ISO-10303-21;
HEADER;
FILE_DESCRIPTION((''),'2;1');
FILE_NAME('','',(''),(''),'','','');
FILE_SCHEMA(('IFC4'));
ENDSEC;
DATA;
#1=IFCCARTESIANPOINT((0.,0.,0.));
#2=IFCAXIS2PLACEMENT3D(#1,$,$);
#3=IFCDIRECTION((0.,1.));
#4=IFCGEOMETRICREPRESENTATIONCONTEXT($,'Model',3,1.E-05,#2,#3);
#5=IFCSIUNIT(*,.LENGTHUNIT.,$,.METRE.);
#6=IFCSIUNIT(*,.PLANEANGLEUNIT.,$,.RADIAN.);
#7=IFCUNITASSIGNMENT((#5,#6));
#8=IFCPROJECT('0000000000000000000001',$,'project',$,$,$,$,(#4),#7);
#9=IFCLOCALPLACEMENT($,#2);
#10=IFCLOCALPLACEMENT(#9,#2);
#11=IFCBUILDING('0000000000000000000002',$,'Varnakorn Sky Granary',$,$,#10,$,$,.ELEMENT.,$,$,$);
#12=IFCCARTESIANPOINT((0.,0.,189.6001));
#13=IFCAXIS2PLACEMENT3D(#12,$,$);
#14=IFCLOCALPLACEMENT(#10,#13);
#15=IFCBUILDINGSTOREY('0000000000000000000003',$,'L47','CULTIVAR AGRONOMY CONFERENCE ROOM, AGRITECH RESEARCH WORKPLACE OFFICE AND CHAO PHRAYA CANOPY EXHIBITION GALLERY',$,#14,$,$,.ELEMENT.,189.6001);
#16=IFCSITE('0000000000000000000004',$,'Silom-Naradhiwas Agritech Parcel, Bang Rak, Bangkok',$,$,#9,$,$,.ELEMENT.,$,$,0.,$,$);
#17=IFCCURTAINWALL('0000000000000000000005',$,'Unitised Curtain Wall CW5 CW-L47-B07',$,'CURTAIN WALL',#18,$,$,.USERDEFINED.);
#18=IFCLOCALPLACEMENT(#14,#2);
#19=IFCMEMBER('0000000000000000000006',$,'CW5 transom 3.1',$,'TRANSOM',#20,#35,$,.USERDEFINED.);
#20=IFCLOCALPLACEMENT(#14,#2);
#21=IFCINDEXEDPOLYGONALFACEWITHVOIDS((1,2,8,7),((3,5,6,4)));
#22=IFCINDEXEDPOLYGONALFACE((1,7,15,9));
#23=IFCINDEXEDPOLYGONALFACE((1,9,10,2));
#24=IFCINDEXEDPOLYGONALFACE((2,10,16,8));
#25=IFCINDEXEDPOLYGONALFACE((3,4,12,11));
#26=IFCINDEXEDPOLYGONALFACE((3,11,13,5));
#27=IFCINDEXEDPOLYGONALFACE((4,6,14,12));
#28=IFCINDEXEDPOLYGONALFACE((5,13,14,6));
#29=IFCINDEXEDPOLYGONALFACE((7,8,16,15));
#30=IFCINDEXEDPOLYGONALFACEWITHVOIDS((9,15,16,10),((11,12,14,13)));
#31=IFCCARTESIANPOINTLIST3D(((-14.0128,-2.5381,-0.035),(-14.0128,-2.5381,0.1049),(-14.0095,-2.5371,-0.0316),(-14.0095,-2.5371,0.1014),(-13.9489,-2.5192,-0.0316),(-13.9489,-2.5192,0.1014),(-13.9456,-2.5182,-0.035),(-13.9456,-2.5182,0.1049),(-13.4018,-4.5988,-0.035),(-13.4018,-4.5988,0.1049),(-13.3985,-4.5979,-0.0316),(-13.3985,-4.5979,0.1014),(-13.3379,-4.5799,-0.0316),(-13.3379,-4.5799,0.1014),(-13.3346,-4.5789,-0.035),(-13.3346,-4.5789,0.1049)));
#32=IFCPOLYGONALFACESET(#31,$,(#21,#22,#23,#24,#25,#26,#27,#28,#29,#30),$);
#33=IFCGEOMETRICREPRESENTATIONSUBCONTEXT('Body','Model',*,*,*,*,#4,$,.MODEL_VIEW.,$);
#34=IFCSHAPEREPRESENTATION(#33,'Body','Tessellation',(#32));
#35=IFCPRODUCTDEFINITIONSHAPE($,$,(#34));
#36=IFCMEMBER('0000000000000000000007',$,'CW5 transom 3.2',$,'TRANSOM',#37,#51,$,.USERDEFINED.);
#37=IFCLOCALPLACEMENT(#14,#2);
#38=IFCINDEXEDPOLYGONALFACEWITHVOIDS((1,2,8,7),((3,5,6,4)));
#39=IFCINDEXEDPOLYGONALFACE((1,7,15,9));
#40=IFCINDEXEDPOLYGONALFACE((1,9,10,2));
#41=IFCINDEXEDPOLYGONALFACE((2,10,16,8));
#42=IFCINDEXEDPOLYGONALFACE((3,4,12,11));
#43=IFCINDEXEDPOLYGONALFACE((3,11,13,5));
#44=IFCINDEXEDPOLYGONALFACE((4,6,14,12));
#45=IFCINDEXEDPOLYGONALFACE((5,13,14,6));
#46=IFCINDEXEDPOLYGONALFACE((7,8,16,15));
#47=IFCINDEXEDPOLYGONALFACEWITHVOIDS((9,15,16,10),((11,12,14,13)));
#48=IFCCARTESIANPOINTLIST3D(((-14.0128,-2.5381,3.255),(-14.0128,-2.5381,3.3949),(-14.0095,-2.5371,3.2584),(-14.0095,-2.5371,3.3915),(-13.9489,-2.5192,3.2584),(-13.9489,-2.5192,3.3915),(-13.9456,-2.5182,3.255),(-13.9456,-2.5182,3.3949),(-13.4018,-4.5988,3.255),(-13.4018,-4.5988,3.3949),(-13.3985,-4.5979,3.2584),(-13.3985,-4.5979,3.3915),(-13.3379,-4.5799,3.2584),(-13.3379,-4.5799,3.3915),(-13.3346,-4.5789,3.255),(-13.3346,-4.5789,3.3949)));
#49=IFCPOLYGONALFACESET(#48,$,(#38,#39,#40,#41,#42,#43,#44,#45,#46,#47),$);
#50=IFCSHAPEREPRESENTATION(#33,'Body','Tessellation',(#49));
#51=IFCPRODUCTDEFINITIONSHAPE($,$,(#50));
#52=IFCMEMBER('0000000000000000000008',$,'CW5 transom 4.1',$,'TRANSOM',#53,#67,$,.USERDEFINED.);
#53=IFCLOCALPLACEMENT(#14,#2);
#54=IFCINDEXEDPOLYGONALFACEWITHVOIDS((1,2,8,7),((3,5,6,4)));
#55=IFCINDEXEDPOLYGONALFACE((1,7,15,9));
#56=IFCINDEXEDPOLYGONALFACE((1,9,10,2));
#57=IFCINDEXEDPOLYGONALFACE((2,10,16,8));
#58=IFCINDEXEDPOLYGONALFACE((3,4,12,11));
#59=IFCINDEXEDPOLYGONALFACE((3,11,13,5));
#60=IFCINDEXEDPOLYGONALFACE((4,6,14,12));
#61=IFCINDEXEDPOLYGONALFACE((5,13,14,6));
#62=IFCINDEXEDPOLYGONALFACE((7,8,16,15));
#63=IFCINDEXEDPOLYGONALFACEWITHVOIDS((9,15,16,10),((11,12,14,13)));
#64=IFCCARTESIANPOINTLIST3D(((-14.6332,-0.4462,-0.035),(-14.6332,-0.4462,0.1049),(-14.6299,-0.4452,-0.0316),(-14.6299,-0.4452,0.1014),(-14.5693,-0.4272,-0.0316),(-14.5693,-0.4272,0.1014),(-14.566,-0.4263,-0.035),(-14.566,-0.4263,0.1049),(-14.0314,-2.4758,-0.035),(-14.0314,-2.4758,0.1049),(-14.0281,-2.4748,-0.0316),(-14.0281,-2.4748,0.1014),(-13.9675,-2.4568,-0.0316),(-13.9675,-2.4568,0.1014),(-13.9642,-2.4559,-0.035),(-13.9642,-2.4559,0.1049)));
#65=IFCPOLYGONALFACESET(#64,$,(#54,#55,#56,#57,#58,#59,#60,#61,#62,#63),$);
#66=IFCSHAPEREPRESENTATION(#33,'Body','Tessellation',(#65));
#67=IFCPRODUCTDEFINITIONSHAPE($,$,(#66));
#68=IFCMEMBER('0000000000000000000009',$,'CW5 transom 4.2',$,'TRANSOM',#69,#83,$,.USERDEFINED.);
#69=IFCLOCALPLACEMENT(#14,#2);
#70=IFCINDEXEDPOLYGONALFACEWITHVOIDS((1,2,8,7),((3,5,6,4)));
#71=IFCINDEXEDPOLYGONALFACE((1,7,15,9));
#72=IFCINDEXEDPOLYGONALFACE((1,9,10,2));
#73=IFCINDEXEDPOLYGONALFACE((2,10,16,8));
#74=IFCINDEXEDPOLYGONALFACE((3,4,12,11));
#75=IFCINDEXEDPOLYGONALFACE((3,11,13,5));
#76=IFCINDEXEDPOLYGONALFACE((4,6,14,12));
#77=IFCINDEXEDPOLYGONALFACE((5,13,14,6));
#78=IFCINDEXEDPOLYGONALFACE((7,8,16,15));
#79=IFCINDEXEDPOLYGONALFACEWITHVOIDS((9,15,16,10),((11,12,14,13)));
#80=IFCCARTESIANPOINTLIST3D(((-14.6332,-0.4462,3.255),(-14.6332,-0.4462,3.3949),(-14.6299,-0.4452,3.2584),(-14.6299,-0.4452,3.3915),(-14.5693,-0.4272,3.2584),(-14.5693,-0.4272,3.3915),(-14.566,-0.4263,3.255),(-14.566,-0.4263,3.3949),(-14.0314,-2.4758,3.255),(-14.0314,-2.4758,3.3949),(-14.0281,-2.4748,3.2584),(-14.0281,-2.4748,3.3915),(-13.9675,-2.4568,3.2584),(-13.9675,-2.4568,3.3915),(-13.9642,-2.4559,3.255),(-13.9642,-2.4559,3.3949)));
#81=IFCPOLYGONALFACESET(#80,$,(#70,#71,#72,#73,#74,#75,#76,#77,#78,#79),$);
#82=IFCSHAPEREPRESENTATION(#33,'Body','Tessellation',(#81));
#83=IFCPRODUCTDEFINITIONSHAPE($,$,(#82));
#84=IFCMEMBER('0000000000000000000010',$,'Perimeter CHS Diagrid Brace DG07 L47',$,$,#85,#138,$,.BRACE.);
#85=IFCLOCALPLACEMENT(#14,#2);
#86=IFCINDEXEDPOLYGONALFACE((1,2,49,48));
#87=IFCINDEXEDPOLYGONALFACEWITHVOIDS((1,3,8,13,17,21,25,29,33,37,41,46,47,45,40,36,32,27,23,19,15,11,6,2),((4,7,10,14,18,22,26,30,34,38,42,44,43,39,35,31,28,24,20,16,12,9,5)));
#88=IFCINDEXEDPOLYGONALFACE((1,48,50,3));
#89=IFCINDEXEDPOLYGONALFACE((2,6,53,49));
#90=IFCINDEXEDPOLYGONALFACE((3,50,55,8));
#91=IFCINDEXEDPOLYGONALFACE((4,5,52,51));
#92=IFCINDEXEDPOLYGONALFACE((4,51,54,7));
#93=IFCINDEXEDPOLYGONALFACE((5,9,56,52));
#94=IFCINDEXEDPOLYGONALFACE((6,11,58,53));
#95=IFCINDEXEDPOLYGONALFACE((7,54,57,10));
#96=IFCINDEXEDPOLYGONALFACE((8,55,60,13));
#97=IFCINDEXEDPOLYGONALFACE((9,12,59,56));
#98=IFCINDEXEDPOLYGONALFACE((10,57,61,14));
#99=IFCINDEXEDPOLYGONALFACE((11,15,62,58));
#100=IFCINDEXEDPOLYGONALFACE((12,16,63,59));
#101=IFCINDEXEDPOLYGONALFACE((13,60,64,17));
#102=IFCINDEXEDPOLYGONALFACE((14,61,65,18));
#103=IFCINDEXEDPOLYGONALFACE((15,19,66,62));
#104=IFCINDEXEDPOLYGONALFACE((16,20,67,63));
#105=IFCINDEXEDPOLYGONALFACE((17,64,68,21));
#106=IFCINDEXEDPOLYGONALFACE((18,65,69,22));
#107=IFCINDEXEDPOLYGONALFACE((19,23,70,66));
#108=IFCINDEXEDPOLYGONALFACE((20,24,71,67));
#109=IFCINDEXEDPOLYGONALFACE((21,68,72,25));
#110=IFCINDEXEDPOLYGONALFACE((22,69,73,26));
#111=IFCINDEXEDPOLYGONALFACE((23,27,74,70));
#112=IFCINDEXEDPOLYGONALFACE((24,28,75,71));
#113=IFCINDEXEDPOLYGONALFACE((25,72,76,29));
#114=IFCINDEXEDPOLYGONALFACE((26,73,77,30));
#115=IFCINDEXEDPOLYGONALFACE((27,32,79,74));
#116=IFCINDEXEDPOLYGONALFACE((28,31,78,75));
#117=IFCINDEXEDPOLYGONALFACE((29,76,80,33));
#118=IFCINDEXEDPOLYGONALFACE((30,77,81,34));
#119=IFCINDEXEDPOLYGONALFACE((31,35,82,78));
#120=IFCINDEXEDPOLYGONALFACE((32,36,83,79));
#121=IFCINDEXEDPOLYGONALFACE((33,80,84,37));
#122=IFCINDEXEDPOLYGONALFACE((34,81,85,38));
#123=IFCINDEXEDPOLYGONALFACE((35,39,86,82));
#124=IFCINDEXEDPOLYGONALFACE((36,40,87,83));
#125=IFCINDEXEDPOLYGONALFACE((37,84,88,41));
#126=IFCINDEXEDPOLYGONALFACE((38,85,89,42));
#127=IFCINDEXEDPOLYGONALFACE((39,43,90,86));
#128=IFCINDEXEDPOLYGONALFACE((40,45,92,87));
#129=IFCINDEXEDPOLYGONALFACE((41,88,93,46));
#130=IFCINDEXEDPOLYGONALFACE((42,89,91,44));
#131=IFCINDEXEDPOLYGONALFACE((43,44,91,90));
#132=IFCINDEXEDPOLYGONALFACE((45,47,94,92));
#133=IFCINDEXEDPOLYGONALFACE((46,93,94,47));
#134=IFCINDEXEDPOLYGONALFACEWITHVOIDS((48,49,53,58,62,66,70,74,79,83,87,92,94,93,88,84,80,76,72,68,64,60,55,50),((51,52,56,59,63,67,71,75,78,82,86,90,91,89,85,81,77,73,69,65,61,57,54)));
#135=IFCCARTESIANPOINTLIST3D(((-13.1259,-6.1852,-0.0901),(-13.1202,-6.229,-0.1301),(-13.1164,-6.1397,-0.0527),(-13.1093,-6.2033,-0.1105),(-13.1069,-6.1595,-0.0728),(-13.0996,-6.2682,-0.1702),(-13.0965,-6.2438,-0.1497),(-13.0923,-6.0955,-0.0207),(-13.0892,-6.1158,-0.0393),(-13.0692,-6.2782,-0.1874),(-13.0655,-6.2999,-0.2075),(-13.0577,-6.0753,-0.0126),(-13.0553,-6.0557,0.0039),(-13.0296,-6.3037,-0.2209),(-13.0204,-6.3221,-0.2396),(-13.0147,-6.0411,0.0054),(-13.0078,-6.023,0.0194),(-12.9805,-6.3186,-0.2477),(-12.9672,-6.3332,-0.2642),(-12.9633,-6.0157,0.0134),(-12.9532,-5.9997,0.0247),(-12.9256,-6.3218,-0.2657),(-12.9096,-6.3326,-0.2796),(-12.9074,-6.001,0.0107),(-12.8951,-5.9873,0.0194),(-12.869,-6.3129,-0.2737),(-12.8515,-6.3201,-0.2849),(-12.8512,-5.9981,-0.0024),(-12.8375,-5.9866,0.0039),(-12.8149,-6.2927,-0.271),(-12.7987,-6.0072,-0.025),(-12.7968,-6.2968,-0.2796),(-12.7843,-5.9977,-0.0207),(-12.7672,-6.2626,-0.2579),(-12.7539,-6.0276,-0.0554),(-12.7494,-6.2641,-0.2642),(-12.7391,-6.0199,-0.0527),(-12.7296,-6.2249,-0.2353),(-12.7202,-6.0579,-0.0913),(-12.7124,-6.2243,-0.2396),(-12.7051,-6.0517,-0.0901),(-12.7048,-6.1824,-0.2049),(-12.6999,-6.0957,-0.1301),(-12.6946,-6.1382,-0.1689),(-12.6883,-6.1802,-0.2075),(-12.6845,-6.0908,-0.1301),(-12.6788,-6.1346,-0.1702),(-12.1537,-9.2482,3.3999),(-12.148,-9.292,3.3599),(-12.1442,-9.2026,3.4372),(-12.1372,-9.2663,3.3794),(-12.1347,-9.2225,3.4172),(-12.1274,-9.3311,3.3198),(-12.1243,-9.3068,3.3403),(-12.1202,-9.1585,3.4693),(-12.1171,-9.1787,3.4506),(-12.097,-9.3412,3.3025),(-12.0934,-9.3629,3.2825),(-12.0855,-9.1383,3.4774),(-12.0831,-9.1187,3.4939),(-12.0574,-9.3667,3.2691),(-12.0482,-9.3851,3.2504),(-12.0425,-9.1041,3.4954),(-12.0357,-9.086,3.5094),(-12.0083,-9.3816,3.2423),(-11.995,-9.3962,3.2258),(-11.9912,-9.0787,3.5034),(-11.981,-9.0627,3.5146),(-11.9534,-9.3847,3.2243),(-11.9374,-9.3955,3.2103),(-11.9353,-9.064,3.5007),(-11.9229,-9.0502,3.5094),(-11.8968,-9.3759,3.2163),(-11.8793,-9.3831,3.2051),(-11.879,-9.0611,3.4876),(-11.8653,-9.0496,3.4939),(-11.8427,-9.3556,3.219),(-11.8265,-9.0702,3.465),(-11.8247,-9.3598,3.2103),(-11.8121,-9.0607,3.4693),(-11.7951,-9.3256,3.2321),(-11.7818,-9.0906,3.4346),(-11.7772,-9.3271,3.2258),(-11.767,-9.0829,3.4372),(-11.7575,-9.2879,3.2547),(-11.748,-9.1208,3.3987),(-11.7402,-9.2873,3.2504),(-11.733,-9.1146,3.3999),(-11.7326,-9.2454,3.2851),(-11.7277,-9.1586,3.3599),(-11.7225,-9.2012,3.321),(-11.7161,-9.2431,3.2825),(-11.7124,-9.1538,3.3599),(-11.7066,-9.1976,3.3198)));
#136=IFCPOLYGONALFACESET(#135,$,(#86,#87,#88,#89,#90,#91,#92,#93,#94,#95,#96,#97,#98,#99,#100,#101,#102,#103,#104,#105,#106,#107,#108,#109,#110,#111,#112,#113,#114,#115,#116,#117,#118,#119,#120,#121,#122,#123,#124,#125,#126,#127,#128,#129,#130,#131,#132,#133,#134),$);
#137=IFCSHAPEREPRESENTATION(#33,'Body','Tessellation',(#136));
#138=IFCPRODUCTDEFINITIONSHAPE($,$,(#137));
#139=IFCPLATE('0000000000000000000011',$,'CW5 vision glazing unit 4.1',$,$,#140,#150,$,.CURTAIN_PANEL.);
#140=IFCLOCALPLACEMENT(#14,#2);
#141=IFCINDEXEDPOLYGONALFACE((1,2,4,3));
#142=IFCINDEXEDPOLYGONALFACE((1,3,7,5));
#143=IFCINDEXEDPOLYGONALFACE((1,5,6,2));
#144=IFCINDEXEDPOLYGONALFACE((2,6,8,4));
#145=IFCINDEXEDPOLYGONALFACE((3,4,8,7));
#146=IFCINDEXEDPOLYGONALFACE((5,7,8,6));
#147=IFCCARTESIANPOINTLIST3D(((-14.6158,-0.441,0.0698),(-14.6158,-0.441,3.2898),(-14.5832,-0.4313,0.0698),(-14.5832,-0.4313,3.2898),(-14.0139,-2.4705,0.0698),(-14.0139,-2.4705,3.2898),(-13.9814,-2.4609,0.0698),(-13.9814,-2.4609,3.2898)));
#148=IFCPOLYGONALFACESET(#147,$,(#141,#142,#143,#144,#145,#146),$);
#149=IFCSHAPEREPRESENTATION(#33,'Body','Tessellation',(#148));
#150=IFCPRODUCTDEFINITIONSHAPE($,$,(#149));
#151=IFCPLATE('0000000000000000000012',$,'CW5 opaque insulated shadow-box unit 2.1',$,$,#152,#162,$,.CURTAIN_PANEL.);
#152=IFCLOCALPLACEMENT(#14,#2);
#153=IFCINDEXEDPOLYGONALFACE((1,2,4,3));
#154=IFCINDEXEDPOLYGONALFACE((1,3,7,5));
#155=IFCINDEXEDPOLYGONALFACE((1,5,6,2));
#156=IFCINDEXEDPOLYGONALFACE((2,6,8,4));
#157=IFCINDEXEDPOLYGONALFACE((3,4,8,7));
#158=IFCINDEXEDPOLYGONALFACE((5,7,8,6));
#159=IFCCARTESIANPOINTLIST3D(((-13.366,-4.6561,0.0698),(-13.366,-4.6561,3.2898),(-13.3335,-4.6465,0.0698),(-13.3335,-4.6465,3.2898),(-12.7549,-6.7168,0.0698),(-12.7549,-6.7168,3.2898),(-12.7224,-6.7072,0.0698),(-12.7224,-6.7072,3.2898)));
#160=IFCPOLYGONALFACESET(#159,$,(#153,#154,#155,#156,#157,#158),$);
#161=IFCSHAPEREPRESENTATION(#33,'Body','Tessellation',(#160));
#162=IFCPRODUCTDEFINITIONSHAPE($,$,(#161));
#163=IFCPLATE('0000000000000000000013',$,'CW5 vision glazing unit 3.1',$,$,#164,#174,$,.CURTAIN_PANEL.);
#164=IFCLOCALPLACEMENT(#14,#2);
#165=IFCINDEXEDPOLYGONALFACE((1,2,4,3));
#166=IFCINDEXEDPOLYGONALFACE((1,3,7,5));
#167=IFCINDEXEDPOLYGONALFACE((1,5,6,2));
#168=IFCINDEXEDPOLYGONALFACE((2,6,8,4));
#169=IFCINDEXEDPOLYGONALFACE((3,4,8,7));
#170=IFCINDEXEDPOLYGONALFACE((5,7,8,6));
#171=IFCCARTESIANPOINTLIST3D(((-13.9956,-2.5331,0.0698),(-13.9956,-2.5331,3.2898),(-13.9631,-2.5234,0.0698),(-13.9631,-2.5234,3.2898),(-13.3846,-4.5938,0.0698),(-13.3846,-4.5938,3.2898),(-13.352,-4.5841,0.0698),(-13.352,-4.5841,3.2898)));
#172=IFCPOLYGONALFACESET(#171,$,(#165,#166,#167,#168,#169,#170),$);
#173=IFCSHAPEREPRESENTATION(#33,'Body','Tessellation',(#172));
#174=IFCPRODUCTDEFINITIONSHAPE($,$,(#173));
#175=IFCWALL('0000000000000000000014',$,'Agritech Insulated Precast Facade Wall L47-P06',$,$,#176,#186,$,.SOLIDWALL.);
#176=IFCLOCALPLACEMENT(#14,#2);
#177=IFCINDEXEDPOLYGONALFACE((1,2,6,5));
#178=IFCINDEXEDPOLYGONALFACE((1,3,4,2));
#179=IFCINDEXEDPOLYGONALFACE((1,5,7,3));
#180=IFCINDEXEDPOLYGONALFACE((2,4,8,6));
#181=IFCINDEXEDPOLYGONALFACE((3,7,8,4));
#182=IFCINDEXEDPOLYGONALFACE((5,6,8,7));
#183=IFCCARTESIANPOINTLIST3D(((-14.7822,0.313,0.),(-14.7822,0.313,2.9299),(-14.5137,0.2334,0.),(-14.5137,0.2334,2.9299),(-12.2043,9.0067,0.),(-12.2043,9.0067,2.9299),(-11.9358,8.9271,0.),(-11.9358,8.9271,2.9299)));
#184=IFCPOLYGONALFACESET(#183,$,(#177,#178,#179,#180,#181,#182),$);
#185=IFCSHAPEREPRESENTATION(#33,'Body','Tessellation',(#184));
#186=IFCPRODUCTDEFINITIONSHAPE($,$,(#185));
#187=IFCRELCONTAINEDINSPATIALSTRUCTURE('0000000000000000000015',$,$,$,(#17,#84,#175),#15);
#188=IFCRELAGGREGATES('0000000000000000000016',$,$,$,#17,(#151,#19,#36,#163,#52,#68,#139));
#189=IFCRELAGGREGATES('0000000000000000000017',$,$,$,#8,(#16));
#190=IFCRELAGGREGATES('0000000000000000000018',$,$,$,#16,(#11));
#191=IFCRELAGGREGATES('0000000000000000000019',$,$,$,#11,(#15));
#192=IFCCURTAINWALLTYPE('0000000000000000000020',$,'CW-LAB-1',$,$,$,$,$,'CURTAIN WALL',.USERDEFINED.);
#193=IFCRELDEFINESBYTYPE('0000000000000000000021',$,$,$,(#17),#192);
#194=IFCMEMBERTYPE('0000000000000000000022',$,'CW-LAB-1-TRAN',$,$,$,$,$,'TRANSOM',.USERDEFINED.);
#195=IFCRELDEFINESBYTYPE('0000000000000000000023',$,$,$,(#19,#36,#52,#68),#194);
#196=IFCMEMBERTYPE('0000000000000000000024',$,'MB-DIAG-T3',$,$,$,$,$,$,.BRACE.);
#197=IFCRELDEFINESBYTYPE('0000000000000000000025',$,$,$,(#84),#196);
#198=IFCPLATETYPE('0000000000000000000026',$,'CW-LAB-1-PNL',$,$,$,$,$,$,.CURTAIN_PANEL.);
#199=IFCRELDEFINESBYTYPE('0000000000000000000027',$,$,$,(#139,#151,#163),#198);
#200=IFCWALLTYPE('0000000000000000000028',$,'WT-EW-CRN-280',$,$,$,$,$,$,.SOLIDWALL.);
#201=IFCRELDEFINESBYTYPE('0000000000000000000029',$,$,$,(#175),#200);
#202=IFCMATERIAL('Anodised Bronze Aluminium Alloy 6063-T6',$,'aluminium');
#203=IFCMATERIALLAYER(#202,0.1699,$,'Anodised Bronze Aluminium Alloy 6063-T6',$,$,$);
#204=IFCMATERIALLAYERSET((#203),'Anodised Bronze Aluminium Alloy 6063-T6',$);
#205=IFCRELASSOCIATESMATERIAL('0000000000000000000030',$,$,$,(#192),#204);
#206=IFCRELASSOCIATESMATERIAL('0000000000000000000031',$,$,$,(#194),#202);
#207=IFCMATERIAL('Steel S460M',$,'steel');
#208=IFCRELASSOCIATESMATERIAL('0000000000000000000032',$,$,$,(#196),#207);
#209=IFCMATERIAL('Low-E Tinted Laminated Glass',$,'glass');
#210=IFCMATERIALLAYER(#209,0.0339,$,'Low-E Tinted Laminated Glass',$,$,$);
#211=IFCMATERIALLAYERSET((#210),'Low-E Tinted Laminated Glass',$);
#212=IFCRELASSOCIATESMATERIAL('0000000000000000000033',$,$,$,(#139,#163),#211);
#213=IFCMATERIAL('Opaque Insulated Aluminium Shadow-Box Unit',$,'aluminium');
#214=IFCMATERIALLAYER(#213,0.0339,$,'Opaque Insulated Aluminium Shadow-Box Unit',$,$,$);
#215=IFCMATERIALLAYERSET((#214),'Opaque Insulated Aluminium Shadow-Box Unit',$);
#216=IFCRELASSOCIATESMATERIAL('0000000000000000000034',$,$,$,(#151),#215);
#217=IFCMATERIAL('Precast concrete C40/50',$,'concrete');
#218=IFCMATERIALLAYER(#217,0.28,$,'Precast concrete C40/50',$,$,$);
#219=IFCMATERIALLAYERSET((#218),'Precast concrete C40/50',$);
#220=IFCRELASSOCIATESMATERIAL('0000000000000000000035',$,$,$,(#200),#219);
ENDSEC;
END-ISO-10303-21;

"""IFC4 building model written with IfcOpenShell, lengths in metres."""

from ifc_helpers import new_model, si_unit, direction, frame, frame_2d, origin, origin_2d, place, context, subcontext, project, spatial, rectangle, hollow_rectangle, hollow_circle, extrude, source, transform, mapped, material, layer, layer_set, material_profile, profile_set, type_object, type_shapes, element, aggregate, save


model = new_model("IFC4")

# Units and contexts
model_context = context("Model", 3, precision=1e-05, world=origin(), true_north=direction((0.0, 1.0)))
body_context = subcontext(model_context, "Body", "Model", "MODEL_VIEW")
ifc_project = project(units=[si_unit("LENGTHUNIT", "METRE"), si_unit("PLANEANGLEUNIT", "RADIAN")], contexts=[model_context])

# Site, building, storey
site_placement = place(None, origin())
site = spatial("IfcSite", under=ifc_project, at=site_placement, Name="Silom-Naradhiwas Agritech Parcel, Bang Rak, Bangkok", CompositionType="ELEMENT", RefElevation=0.0)
building_placement = place(site_placement, origin())
building = spatial("IfcBuilding", under=site, at=building_placement, Name="Varnakorn Sky Granary", CompositionType="ELEMENT")
storey_placement = place(building_placement, frame((0.0, 0.0, 189.6001)))
storey = spatial("IfcBuildingStorey", under=building, at=storey_placement, Name="L47", Description="CULTIVAR AGRONOMY CONFERENCE ROOM, AGRITECH RESEARCH WORKPLACE OFFICE AND CHAO PHRAYA CANOPY EXHIBITION GALLERY", CompositionType="ELEMENT", Elevation=189.6001)

# Shared definitions
ifc_material_1 = material(Name="Steel S460M", Category="steel")

# Curtain wall, members
ifc_material_2 = material(Name="Anodised Bronze Aluminium Alloy 6063-T6", Category="aluminium")
ifc_layer_1 = layer(ifc_material_2, 0.1699, Name="Anodised Bronze Aluminium Alloy 6063-T6")
ifc_layer_set_1 = layer_set([ifc_layer_1], Name="Anodised Bronze Aluminium Alloy 6063-T6")
curtain_wall_type = type_object("IfcCurtainWallType", Name="CW-LAB-1", ElementType="CURTAIN WALL", PredefinedType="USERDEFINED", material=ifc_layer_set_1)
curtain_wall_placement = place(storey_placement, origin())
curtain_wall = element("IfcCurtainWall", 1, at=curtain_wall_placement, inside=storey, type_object=curtain_wall_type, Name="Unitised Curtain Wall CW5 CW-L47-B07", ObjectType="CURTAIN WALL", PredefinedType="USERDEFINED")
ifc_material_profile_1 = material_profile(ifc_material_2, hollow_rectangle(XDim=0.0701, YDim=0.1399, WallThickness=0.0034, at=origin_2d()), Name="ALU TRAN 70x140")
ifc_profile_set_1 = profile_set([ifc_material_profile_1], Name="Anodised Bronze Aluminium Alloy 6063-T6")
member_type_1 = type_object("IfcMemberType", Name="CW-LAB-1-TRAN", ElementType="TRANSOM", PredefinedType="USERDEFINED", material=ifc_profile_set_1)
member_1_placement = place(storey_placement, frame((-13.3682, -4.5889, 0.0349), z_axis=(-0.284293, 0.958737, 0.0), x_axis=(-0.958737, -0.284293, 0.0)))
member_1 = element("IfcMember", 2, at=member_1_placement, type_object=member_type_1, Name="CW5 transom 3.1", ObjectType="TRANSOM", PredefinedType="USERDEFINED", context=body_context, shape_type="SweptSolid", body=[
    extrude(hollow_rectangle(XDim=0.0701, YDim=0.1399, WallThickness=0.0034, at=origin_2d()), origin(), (0.0, 0.0, 1.0), 2.1494),
])
member_2_placement = place(storey_placement, frame((-13.3682, -4.5889, 3.325), z_axis=(-0.284293, 0.958737, 0.0), x_axis=(-0.958737, -0.284293, 0.0)))
member_2 = element("IfcMember", 3, at=member_2_placement, type_object=member_type_1, Name="CW5 transom 3.2", ObjectType="TRANSOM", PredefinedType="USERDEFINED", context=body_context, shape_type="SweptSolid", body=[
    extrude(hollow_rectangle(XDim=0.0701, YDim=0.1399, WallThickness=0.0034, at=origin_2d()), origin(), (0.0, 0.0, 1.0), 2.1494),
])
member_3_placement = place(storey_placement, frame((-13.9978, -2.4658, 0.0349), z_axis=(-0.284289, 0.958739, 0.0), x_axis=(-0.958739, -0.284289, 0.0)))
member_3 = element("IfcMember", 4, at=member_3_placement, type_object=member_type_1, Name="CW5 transom 4.1", ObjectType="TRANSOM", PredefinedType="USERDEFINED", context=body_context, shape_type="SweptSolid", body=[
    extrude(hollow_rectangle(XDim=0.0701, YDim=0.1399, WallThickness=0.0034, at=origin_2d()), origin(), (0.0, 0.0, 1.0), 2.1169),
])
member_4_placement = place(storey_placement, frame((-13.9978, -2.4658, 3.325), z_axis=(-0.284289, 0.958739, 0.0), x_axis=(-0.958739, -0.284289, 0.0)))
member_4 = element("IfcMember", 5, at=member_4_placement, type_object=member_type_1, Name="CW5 transom 4.2", ObjectType="TRANSOM", PredefinedType="USERDEFINED", context=body_context, shape_type="SweptSolid", body=[
    extrude(hollow_rectangle(XDim=0.0701, YDim=0.1399, WallThickness=0.0034, at=origin_2d()), origin(), (0.0, 0.0, 1.0), 2.1169),
])

# Member
ifc_material_profile_2 = material_profile(ifc_material_1, hollow_circle(Radius=0.2285, WallThickness=0.0161, at=origin_2d()), Name="CHS 457x16")
ifc_profile_set_2 = profile_set([ifc_material_profile_2], Name="Steel S460M")
member_type_2 = type_object("IfcMemberType", Name="MB-DIAG-T3", PredefinedType="BRACE", material=ifc_profile_set_2)
member_5_placement = place(storey_placement, frame((-12.9023, -6.1599, -0.1301), z_axis=(0.204919, -0.645634, 0.735639), x_axis=(0.953143, 0.30252, 0.0)))
element("IfcMember", 6, at=member_5_placement, inside=storey, type_object=member_type_2, Name="Perimeter CHS Diagrid Brace DG07 L47", PredefinedType="BRACE", context=body_context, shape_type="SweptSolid", body=[
    extrude(hollow_circle(Radius=0.2285, WallThickness=0.0161, at=origin_2d()), origin(), (0.0, 0.0, 1.0), 4.7441),
])

# Plates
ifc_material_3 = material(Name="Low-E Tinted Laminated Glass", Category="glass")
ifc_layer_2 = layer(ifc_material_3, 0.0339, Name="Low-E Tinted Laminated Glass")
ifc_layer_set_2 = layer_set([ifc_layer_2], Name="Low-E Tinted Laminated Glass")
plate_type = type_object("IfcPlateType", Name="CW-LAB-1-PNL", PredefinedType="CURTAIN_PANEL")
shared_shape_1 = source(origin(), body_context, "Body", "SweptSolid", [
    extrude(rectangle(XDim=2.1169, YDim=0.0339, at=origin_2d()), origin(), (0.0, 0.0, 1.0), 3.22),
])
plate_1_placement = place(storey_placement, frame((-14.2986, -1.4509, 0.0698), z_axis=(0.0, 0.0, 1.0), x_axis=(-0.284295, 0.958737, 0.0)))
plate_1 = element("IfcPlate", 7, at=plate_1_placement, type_object=plate_type, material=ifc_layer_set_2, Name="CW5 vision glazing unit 4.1", PredefinedType="CURTAIN_PANEL", context=body_context, shape_type="MappedRepresentation", body=[
    mapped(shared_shape_1, transform((0.0, 0.0, 0.0), x_axis=(1.0, 0.0, 0.0), y_axis=(0.0, 1.0, 0.0), z_axis=(0.0, 0.0, 1.0), scale=1.0)),
])
ifc_material_4 = material(Name="Opaque Insulated Aluminium Shadow-Box Unit", Category="aluminium")
ifc_layer_3 = layer(ifc_material_4, 0.0339, Name="Opaque Insulated Aluminium Shadow-Box Unit")
ifc_layer_set_3 = layer_set([ifc_layer_3], Name="Opaque Insulated Aluminium Shadow-Box Unit")
shared_shape_2 = source(origin(), body_context, "Body", "SweptSolid", [
    extrude(rectangle(XDim=2.1494, YDim=0.0339, at=origin_2d()), origin(), (0.0, 0.0, 1.0), 3.22),
])
type_shapes(plate_type, [shared_shape_1, shared_shape_2])
plate_2_placement = place(storey_placement, frame((-13.0442, -5.6816, 0.0698), z_axis=(0.0, 0.0, 1.0), x_axis=(-0.284295, 0.958737, 0.0)))
plate_2 = element("IfcPlate", 8, at=plate_2_placement, type_object=plate_type, material=ifc_layer_set_3, Name="CW5 opaque insulated shadow-box unit 2.1", PredefinedType="CURTAIN_PANEL", context=body_context, shape_type="MappedRepresentation", body=[
    mapped(shared_shape_2, transform((0.0, 0.0, 0.0), x_axis=(1.0, 0.0, 0.0), y_axis=(0.0, 1.0, 0.0), z_axis=(0.0, 0.0, 1.0), scale=1.0)),
])
plate_3_placement = place(storey_placement, frame((-13.6738, -3.5586, 0.0698), z_axis=(0.0, 0.0, 1.0), x_axis=(-0.284295, 0.958737, 0.0)))
plate_3 = element("IfcPlate", 9, at=plate_3_placement, type_object=plate_type, material=ifc_layer_set_2, Name="CW5 vision glazing unit 3.1", PredefinedType="CURTAIN_PANEL", context=body_context, shape_type="MappedRepresentation", body=[
    mapped(shared_shape_2, transform((0.0, 0.0, 0.0), x_axis=(1.0, 0.0, 0.0), y_axis=(0.0, 1.0, 0.0), z_axis=(0.0, 0.0, 1.0), scale=1.0)),
])
aggregate(curtain_wall, [plate_2, member_1, member_2, plate_3, member_3, member_4, plate_1])

# Wall
ifc_material_5 = material(Name="Precast concrete C40/50", Category="concrete")
ifc_layer_4 = layer(ifc_material_5, 0.28, Name="Precast concrete C40/50")
ifc_layer_set_4 = layer_set([ifc_layer_4], Name="Precast concrete C40/50")
wall_type_1 = type_object("IfcWallType", Name="WT-EW-CRN-280", PredefinedType="SOLIDWALL", material=ifc_layer_set_4)
wall_1_placement = place(storey_placement, frame((-14.6479, 0.2732, 0.0), z_axis=(0.0, 0.0, 1.0), x_axis=(0.284291, 0.958738, 0.0)))
element("IfcWall", 10, at=wall_1_placement, inside=storey, type_object=wall_type_1, Name="Agritech Insulated Precast Facade Wall L47-P06", PredefinedType="SOLIDWALL", context=body_context, shape_type="SweptSolid", body=[
    extrude(rectangle(XDim=9.0679, YDim=0.28, at=frame_2d((4.5339, 0.0))), origin(), (0.0, 0.0, 1.0), 2.9299),
])

save(model, "model.ifc")
